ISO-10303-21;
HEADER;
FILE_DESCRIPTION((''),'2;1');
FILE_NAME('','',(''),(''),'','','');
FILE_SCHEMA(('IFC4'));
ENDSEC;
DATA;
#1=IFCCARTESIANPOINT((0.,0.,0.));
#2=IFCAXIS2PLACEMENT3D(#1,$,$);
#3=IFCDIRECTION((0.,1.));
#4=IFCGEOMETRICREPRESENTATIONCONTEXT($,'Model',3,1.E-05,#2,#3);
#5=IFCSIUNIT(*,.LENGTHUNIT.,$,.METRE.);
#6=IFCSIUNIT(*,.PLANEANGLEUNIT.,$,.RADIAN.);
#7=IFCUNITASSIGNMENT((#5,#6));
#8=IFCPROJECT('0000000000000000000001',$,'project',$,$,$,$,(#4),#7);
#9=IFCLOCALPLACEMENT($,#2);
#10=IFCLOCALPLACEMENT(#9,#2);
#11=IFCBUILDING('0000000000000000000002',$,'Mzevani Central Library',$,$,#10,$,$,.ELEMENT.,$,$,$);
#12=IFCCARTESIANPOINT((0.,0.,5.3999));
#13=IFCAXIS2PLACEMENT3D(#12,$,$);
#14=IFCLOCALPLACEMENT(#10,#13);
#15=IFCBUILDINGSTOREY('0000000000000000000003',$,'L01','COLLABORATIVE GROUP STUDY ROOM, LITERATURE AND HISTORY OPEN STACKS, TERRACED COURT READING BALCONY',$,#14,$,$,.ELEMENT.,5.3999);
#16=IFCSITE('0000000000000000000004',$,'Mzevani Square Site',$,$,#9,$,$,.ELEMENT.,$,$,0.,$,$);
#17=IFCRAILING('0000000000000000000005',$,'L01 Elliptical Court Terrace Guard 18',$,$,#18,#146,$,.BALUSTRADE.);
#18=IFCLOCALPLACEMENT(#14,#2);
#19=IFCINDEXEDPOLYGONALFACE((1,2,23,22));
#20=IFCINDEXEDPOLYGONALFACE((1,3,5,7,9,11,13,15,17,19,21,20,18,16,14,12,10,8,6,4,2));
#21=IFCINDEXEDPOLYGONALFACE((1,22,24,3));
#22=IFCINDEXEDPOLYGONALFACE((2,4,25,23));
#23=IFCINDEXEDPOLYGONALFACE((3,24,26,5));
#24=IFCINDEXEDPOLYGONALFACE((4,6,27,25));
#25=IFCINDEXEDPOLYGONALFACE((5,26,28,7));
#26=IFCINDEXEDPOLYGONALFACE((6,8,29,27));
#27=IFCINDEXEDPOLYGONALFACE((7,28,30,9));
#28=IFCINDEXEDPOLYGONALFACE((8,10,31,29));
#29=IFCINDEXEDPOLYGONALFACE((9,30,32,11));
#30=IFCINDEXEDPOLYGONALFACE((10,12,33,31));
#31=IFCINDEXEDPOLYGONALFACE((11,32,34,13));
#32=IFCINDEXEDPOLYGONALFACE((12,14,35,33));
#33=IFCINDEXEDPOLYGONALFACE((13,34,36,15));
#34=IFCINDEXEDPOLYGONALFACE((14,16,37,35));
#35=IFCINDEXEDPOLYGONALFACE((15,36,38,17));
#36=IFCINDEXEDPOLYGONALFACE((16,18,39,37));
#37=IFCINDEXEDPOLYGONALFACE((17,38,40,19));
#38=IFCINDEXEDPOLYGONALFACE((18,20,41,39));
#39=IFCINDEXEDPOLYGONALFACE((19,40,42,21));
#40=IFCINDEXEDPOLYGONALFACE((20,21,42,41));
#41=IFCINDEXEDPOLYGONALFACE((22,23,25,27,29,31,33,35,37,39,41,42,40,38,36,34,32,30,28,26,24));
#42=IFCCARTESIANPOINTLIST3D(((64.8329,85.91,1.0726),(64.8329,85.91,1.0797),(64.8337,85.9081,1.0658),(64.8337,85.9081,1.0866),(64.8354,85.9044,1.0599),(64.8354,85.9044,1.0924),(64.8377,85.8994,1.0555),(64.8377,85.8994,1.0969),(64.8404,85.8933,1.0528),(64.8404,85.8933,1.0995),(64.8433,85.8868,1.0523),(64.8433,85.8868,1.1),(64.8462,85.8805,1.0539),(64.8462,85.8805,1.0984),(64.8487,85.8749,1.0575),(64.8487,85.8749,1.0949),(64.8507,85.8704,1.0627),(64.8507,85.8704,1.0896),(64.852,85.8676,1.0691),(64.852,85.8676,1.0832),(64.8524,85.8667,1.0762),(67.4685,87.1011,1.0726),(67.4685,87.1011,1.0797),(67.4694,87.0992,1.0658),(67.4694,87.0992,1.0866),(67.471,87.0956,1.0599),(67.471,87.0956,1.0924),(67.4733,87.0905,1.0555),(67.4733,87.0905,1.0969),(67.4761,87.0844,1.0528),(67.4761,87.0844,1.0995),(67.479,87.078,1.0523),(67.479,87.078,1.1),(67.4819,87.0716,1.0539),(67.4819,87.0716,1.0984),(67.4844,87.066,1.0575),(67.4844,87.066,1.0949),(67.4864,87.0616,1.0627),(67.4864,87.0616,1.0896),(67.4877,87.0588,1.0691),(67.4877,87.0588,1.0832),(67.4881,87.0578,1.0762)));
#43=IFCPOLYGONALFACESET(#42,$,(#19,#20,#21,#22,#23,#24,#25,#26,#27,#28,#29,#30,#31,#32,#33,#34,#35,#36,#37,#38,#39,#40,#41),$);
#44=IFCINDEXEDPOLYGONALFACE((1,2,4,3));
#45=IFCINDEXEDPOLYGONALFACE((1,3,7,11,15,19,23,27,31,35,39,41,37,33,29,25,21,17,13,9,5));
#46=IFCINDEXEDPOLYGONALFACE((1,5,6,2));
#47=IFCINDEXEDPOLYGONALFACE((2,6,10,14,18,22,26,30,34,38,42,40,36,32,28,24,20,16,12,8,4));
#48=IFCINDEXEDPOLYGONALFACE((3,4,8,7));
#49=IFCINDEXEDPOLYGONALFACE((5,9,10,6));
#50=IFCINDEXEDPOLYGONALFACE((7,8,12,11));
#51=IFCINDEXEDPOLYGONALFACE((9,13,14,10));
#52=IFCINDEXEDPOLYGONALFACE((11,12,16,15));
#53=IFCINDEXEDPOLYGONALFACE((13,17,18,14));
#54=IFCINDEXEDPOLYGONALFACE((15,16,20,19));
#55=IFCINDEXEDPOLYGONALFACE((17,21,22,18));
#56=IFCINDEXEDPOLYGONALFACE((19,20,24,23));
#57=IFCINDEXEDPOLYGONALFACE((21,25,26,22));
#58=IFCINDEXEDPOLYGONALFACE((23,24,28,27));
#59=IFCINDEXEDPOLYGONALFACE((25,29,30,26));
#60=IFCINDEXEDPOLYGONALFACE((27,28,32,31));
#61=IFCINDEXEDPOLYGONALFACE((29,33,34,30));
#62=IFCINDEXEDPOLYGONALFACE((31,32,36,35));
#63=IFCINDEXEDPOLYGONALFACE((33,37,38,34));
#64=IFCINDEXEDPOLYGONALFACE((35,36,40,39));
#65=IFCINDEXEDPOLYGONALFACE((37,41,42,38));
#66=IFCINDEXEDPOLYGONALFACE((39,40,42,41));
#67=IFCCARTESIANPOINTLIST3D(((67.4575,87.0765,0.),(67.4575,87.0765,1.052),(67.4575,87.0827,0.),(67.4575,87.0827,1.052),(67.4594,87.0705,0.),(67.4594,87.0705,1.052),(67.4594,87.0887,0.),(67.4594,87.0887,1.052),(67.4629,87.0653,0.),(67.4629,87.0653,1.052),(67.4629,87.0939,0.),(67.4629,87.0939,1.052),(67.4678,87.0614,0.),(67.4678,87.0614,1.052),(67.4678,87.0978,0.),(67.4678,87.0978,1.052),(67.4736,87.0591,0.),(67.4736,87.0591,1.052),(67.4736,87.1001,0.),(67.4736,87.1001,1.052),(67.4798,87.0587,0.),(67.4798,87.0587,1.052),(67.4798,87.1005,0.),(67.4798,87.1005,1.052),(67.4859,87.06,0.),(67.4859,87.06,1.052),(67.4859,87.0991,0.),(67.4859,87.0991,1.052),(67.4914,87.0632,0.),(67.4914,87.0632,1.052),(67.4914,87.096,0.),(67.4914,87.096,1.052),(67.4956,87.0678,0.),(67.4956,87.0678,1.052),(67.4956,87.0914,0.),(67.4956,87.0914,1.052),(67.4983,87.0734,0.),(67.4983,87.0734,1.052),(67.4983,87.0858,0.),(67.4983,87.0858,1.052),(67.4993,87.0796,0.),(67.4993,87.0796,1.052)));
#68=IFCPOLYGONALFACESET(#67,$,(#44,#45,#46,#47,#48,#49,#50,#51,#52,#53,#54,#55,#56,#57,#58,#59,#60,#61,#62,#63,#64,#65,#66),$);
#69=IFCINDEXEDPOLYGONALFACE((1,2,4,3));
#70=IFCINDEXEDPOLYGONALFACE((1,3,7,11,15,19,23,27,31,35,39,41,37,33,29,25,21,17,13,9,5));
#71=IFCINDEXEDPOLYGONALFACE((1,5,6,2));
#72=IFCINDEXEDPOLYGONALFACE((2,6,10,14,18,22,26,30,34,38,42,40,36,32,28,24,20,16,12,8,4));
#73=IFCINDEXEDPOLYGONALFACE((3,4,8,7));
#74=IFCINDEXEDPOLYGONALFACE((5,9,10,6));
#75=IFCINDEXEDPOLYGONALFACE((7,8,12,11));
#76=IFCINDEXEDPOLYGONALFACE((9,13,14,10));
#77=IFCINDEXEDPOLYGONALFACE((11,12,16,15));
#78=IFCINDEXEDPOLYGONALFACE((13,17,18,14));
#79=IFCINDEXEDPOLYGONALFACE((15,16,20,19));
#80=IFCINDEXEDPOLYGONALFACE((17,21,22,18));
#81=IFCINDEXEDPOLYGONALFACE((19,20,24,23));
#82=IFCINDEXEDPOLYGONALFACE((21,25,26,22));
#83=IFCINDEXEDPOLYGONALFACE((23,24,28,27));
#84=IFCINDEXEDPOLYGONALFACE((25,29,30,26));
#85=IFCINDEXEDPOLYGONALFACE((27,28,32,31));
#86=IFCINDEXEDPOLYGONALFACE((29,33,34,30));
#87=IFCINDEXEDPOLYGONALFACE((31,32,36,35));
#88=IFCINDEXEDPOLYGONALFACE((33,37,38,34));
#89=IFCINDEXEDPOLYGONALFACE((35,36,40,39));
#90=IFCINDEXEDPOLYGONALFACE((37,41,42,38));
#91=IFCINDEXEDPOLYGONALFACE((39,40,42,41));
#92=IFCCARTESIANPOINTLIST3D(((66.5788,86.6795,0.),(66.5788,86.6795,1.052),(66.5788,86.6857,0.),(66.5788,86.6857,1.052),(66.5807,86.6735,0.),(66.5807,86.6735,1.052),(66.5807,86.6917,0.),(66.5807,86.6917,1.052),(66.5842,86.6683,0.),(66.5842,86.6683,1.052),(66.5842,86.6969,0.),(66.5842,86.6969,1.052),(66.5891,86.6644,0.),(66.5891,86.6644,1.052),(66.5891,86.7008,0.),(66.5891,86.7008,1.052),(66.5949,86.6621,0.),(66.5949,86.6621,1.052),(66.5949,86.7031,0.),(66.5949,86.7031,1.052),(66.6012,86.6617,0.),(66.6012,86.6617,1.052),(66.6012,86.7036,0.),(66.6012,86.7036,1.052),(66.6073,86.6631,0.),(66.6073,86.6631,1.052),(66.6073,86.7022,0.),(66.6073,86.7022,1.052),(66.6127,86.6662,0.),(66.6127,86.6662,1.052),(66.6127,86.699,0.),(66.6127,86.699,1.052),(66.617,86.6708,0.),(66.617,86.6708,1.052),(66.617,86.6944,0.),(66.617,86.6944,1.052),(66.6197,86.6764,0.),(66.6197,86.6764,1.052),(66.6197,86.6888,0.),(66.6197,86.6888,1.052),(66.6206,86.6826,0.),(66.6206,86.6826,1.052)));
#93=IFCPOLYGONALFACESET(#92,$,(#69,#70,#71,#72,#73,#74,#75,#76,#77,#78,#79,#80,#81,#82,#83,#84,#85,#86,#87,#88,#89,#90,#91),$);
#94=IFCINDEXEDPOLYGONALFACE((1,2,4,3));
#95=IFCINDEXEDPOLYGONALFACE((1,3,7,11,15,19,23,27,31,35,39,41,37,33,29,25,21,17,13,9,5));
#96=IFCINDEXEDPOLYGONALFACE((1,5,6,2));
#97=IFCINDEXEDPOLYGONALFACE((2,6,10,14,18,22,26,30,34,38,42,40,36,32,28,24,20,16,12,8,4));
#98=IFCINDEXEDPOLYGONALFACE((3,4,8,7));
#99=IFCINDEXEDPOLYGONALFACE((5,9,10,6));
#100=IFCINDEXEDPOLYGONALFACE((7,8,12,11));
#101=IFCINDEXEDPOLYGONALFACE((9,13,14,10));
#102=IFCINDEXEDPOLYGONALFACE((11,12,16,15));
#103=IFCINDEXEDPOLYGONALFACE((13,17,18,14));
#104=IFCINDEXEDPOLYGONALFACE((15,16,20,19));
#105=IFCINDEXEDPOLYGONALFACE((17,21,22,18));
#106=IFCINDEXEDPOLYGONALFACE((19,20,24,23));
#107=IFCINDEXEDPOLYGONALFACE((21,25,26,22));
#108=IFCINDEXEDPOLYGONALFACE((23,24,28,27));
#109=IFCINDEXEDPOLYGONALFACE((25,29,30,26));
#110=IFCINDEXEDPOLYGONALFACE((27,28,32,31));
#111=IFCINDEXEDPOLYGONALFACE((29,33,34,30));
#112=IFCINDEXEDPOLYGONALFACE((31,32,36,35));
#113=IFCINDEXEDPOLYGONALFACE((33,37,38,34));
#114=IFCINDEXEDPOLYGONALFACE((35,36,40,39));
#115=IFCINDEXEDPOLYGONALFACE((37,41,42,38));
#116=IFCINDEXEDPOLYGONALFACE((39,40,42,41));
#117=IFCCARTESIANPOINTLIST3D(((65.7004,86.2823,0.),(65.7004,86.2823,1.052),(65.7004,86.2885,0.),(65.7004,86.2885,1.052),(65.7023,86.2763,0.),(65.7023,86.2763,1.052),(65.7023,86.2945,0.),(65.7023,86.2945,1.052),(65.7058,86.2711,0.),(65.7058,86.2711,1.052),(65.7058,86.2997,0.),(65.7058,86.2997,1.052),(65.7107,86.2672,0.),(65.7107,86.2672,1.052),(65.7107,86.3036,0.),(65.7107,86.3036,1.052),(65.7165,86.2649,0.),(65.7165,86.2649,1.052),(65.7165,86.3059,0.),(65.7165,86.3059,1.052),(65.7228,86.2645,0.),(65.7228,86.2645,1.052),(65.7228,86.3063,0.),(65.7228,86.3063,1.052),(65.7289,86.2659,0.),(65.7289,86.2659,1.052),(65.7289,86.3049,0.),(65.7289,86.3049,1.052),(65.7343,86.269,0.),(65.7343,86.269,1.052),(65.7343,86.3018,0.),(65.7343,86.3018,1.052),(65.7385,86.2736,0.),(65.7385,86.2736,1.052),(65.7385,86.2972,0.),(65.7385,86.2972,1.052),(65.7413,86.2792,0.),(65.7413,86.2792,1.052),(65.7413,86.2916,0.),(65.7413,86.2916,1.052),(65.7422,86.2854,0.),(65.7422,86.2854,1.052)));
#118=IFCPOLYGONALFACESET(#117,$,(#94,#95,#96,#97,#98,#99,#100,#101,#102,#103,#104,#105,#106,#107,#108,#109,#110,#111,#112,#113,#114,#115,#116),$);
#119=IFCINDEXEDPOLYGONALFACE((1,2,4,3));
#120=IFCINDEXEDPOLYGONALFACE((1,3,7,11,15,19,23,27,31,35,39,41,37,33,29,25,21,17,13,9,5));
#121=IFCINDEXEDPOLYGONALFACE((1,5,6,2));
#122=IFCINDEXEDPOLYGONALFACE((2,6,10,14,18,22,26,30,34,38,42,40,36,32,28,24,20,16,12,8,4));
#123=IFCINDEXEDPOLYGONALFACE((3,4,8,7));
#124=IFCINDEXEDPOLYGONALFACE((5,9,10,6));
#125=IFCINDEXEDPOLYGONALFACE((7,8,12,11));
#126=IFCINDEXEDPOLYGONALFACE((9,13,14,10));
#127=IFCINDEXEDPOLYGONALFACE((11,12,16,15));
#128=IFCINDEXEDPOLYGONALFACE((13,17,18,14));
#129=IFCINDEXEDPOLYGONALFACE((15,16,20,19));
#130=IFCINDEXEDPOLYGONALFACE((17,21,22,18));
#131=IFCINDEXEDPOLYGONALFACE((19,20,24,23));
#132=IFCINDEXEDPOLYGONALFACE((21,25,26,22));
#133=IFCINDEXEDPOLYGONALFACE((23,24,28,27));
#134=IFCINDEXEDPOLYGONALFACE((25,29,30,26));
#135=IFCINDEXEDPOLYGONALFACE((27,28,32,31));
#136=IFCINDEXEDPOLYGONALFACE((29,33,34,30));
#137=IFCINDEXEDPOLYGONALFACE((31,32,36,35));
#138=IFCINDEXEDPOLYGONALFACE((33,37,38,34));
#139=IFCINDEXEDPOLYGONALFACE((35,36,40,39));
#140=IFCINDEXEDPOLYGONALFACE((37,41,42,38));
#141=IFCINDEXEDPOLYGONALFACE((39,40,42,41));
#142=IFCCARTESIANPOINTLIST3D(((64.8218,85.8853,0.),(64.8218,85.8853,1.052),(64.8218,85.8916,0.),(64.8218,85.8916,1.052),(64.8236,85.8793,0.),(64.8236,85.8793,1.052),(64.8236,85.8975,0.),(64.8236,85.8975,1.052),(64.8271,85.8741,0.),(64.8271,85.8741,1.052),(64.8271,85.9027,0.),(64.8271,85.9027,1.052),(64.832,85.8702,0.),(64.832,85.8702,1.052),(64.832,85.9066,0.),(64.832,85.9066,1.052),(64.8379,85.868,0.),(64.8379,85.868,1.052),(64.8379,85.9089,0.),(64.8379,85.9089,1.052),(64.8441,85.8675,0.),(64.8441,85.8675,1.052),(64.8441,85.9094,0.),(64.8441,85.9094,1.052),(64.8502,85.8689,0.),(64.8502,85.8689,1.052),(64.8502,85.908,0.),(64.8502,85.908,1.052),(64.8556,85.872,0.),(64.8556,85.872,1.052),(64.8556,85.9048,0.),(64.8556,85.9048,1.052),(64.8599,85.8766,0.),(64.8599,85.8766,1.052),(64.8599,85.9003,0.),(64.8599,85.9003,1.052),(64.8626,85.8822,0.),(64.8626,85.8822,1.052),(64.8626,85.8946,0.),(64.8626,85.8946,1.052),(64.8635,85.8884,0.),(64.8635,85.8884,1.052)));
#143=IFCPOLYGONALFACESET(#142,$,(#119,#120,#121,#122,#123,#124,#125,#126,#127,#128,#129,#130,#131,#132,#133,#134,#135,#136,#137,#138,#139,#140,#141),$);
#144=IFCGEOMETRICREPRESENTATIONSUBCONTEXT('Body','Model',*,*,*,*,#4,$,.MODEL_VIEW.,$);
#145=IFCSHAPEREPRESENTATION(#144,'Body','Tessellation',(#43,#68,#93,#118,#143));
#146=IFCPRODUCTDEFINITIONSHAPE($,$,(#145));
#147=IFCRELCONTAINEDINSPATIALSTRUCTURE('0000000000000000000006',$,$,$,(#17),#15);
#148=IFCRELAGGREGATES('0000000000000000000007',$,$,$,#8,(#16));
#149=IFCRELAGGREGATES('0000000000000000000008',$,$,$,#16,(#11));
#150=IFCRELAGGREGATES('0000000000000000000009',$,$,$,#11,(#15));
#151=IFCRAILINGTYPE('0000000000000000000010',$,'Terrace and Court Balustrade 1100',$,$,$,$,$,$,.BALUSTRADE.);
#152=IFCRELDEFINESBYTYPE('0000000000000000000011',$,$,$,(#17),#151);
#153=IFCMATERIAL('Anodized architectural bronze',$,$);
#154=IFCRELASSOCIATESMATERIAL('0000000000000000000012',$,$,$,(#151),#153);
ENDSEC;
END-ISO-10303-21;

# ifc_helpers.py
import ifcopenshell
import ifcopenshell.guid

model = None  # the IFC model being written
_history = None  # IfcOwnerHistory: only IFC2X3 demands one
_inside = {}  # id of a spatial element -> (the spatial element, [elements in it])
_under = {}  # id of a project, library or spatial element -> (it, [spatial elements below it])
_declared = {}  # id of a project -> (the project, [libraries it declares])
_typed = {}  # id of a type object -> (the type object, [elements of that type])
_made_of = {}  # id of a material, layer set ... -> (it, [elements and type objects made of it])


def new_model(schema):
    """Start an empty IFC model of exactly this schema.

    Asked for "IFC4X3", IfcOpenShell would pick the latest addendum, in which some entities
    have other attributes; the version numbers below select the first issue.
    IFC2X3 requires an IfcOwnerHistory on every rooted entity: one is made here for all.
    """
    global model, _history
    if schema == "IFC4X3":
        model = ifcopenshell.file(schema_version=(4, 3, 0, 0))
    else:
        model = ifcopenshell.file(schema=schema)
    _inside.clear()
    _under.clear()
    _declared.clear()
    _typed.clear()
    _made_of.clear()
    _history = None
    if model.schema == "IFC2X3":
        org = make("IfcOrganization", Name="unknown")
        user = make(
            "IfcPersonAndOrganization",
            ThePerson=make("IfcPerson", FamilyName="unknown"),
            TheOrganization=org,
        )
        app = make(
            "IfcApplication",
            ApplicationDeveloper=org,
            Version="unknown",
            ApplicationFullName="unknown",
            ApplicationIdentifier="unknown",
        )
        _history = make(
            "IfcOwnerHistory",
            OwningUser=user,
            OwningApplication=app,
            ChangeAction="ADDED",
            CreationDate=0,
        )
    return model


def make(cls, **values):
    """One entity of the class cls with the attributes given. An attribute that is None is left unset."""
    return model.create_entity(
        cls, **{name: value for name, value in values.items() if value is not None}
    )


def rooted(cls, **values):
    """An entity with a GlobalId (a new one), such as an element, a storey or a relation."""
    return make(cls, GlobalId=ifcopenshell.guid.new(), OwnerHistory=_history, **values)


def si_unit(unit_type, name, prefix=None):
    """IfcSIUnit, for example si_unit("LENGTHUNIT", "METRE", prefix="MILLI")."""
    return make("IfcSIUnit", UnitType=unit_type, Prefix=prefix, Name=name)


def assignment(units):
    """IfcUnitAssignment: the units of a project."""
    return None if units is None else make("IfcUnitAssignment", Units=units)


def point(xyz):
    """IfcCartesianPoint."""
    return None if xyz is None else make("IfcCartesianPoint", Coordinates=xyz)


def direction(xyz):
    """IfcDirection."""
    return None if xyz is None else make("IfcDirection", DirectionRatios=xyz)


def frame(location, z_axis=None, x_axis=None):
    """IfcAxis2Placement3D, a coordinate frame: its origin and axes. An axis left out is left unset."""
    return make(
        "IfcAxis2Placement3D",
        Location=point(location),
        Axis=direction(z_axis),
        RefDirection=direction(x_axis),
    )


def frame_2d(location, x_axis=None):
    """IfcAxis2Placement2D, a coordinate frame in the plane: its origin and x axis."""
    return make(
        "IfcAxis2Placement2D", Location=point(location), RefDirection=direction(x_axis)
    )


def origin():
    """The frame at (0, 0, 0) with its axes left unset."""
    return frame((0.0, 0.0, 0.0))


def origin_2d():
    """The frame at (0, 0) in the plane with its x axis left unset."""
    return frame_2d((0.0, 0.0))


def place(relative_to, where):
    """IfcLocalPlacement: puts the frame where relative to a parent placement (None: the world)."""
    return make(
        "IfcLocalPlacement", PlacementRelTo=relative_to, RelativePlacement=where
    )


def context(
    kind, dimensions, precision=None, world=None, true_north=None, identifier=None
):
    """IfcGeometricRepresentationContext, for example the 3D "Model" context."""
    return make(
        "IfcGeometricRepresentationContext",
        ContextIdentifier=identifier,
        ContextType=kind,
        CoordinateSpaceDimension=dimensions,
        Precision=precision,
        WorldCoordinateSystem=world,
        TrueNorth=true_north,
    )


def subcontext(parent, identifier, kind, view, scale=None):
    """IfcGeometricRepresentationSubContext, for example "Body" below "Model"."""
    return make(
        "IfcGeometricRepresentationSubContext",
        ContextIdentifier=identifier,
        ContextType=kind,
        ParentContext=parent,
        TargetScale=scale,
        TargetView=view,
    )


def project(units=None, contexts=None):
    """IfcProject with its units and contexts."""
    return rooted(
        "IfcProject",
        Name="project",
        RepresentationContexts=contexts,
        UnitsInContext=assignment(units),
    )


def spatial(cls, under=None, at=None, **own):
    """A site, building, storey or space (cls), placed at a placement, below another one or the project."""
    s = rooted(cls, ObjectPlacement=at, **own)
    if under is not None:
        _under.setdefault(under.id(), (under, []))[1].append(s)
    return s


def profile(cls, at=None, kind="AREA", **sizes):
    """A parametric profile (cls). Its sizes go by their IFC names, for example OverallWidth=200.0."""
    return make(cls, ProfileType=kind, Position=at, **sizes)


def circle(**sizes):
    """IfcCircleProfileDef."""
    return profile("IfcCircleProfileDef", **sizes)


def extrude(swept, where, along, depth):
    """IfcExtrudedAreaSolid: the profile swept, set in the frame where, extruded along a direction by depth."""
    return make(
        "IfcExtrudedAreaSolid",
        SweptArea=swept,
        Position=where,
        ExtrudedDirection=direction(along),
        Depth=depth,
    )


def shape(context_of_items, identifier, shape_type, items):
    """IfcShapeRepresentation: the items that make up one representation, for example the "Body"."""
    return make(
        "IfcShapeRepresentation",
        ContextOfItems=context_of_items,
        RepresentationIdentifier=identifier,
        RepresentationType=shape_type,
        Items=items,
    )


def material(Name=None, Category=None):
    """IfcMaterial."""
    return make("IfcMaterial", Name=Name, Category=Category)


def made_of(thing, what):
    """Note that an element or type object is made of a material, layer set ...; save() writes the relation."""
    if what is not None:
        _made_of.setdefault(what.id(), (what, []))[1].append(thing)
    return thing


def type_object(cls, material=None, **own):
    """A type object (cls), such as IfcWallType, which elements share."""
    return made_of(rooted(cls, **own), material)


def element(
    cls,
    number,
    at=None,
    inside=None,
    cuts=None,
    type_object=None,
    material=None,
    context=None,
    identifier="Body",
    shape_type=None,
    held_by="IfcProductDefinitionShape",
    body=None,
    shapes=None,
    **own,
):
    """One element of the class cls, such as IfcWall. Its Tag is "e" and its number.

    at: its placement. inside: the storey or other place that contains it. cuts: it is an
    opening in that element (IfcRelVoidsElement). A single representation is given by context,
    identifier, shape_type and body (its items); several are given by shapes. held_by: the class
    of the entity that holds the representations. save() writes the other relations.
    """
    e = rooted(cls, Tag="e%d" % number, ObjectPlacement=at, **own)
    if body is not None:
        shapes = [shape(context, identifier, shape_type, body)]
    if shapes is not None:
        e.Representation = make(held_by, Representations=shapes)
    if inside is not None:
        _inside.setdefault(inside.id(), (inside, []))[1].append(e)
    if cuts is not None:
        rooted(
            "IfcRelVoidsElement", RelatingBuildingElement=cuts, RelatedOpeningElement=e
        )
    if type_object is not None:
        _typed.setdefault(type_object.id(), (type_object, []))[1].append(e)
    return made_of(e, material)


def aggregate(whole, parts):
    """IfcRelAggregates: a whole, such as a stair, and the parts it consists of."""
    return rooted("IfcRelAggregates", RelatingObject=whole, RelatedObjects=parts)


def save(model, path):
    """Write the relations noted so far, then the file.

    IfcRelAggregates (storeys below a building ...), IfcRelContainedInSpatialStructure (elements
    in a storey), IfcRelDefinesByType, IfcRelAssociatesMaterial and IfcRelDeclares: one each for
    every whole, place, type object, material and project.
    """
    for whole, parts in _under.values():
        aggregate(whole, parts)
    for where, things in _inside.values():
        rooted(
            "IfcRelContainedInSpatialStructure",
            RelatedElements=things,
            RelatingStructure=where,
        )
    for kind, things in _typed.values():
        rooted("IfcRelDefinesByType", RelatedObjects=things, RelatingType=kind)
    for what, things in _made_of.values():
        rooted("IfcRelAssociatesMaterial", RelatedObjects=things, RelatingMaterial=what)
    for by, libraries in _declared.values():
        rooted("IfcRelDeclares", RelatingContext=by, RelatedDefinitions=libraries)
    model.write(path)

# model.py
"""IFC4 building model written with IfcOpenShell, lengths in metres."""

from ifc_helpers import new_model, si_unit, direction, frame, origin, origin_2d, place, context, subcontext, project, spatial, circle, extrude, material, type_object, element, save


model = new_model("IFC4")

# Units and contexts
model_context = context("Model", 3, precision=1e-05, world=origin(), true_north=direction((0.0, 1.0)))
body_context = subcontext(model_context, "Body", "Model", "MODEL_VIEW")
ifc_project = project(units=[si_unit("LENGTHUNIT", "METRE"), si_unit("PLANEANGLEUNIT", "RADIAN")], contexts=[model_context])

# Site, building, storey
site_placement = place(None, origin())
site = spatial("IfcSite", under=ifc_project, at=site_placement, Name="Mzevani Square Site", CompositionType="ELEMENT", RefElevation=0.0)
building_placement = place(site_placement, origin())
building = spatial("IfcBuilding", under=site, at=building_placement, Name="Mzevani Central Library", CompositionType="ELEMENT")
storey_placement = place(building_placement, frame((0.0, 0.0, 5.3999)))
storey = spatial("IfcBuildingStorey", under=building, at=storey_placement, Name="L01", Description="COLLABORATIVE GROUP STUDY ROOM, LITERATURE AND HISTORY OPEN STACKS, TERRACED COURT READING BALCONY", CompositionType="ELEMENT", Elevation=5.3999)

# Railing
ifc_material_1 = material(Name="Anodized architectural bronze")
railing_type = type_object("IfcRailingType", Name="Terrace and Court Balustrade 1100", PredefinedType="BALUSTRADE", material=ifc_material_1)
railing_1_placement = place(storey_placement, frame((67.4783, 87.0796, 0.0)))
element("IfcRailing", 1, at=railing_1_placement, inside=storey, type_object=railing_type, Name="L01 Elliptical Court Terrace Guard 18", PredefinedType="BALUSTRADE", context=body_context, shape_type="SweptSolid", body=[
    extrude(circle(Radius=0.0239, at=origin_2d()), frame((0.0, 0.0, 1.0762), z_axis=(-0.911263, -0.411824, 0.0), x_axis=(0.411824, -0.911263, 0.0)), (0.0, 0.0, 1.0), 2.8923),
    extrude(circle(Radius=0.021, at=origin_2d()), origin(), (0.0, 0.0, 1.0), 1.052),
    extrude(circle(Radius=0.021, at=origin_2d()), frame((-0.8787, -0.397, 0.0)), (0.0, 0.0, 1.0), 1.052),
    extrude(circle(Radius=0.021, at=origin_2d()), frame((-1.7571, -0.7942, 0.0)), (0.0, 0.0, 1.0), 1.052),
    extrude(circle(Radius=0.021, at=origin_2d()), frame((-2.6357, -1.1912, 0.0)), (0.0, 0.0, 1.0), 1.052),
])

save(model, "model.ifc")
